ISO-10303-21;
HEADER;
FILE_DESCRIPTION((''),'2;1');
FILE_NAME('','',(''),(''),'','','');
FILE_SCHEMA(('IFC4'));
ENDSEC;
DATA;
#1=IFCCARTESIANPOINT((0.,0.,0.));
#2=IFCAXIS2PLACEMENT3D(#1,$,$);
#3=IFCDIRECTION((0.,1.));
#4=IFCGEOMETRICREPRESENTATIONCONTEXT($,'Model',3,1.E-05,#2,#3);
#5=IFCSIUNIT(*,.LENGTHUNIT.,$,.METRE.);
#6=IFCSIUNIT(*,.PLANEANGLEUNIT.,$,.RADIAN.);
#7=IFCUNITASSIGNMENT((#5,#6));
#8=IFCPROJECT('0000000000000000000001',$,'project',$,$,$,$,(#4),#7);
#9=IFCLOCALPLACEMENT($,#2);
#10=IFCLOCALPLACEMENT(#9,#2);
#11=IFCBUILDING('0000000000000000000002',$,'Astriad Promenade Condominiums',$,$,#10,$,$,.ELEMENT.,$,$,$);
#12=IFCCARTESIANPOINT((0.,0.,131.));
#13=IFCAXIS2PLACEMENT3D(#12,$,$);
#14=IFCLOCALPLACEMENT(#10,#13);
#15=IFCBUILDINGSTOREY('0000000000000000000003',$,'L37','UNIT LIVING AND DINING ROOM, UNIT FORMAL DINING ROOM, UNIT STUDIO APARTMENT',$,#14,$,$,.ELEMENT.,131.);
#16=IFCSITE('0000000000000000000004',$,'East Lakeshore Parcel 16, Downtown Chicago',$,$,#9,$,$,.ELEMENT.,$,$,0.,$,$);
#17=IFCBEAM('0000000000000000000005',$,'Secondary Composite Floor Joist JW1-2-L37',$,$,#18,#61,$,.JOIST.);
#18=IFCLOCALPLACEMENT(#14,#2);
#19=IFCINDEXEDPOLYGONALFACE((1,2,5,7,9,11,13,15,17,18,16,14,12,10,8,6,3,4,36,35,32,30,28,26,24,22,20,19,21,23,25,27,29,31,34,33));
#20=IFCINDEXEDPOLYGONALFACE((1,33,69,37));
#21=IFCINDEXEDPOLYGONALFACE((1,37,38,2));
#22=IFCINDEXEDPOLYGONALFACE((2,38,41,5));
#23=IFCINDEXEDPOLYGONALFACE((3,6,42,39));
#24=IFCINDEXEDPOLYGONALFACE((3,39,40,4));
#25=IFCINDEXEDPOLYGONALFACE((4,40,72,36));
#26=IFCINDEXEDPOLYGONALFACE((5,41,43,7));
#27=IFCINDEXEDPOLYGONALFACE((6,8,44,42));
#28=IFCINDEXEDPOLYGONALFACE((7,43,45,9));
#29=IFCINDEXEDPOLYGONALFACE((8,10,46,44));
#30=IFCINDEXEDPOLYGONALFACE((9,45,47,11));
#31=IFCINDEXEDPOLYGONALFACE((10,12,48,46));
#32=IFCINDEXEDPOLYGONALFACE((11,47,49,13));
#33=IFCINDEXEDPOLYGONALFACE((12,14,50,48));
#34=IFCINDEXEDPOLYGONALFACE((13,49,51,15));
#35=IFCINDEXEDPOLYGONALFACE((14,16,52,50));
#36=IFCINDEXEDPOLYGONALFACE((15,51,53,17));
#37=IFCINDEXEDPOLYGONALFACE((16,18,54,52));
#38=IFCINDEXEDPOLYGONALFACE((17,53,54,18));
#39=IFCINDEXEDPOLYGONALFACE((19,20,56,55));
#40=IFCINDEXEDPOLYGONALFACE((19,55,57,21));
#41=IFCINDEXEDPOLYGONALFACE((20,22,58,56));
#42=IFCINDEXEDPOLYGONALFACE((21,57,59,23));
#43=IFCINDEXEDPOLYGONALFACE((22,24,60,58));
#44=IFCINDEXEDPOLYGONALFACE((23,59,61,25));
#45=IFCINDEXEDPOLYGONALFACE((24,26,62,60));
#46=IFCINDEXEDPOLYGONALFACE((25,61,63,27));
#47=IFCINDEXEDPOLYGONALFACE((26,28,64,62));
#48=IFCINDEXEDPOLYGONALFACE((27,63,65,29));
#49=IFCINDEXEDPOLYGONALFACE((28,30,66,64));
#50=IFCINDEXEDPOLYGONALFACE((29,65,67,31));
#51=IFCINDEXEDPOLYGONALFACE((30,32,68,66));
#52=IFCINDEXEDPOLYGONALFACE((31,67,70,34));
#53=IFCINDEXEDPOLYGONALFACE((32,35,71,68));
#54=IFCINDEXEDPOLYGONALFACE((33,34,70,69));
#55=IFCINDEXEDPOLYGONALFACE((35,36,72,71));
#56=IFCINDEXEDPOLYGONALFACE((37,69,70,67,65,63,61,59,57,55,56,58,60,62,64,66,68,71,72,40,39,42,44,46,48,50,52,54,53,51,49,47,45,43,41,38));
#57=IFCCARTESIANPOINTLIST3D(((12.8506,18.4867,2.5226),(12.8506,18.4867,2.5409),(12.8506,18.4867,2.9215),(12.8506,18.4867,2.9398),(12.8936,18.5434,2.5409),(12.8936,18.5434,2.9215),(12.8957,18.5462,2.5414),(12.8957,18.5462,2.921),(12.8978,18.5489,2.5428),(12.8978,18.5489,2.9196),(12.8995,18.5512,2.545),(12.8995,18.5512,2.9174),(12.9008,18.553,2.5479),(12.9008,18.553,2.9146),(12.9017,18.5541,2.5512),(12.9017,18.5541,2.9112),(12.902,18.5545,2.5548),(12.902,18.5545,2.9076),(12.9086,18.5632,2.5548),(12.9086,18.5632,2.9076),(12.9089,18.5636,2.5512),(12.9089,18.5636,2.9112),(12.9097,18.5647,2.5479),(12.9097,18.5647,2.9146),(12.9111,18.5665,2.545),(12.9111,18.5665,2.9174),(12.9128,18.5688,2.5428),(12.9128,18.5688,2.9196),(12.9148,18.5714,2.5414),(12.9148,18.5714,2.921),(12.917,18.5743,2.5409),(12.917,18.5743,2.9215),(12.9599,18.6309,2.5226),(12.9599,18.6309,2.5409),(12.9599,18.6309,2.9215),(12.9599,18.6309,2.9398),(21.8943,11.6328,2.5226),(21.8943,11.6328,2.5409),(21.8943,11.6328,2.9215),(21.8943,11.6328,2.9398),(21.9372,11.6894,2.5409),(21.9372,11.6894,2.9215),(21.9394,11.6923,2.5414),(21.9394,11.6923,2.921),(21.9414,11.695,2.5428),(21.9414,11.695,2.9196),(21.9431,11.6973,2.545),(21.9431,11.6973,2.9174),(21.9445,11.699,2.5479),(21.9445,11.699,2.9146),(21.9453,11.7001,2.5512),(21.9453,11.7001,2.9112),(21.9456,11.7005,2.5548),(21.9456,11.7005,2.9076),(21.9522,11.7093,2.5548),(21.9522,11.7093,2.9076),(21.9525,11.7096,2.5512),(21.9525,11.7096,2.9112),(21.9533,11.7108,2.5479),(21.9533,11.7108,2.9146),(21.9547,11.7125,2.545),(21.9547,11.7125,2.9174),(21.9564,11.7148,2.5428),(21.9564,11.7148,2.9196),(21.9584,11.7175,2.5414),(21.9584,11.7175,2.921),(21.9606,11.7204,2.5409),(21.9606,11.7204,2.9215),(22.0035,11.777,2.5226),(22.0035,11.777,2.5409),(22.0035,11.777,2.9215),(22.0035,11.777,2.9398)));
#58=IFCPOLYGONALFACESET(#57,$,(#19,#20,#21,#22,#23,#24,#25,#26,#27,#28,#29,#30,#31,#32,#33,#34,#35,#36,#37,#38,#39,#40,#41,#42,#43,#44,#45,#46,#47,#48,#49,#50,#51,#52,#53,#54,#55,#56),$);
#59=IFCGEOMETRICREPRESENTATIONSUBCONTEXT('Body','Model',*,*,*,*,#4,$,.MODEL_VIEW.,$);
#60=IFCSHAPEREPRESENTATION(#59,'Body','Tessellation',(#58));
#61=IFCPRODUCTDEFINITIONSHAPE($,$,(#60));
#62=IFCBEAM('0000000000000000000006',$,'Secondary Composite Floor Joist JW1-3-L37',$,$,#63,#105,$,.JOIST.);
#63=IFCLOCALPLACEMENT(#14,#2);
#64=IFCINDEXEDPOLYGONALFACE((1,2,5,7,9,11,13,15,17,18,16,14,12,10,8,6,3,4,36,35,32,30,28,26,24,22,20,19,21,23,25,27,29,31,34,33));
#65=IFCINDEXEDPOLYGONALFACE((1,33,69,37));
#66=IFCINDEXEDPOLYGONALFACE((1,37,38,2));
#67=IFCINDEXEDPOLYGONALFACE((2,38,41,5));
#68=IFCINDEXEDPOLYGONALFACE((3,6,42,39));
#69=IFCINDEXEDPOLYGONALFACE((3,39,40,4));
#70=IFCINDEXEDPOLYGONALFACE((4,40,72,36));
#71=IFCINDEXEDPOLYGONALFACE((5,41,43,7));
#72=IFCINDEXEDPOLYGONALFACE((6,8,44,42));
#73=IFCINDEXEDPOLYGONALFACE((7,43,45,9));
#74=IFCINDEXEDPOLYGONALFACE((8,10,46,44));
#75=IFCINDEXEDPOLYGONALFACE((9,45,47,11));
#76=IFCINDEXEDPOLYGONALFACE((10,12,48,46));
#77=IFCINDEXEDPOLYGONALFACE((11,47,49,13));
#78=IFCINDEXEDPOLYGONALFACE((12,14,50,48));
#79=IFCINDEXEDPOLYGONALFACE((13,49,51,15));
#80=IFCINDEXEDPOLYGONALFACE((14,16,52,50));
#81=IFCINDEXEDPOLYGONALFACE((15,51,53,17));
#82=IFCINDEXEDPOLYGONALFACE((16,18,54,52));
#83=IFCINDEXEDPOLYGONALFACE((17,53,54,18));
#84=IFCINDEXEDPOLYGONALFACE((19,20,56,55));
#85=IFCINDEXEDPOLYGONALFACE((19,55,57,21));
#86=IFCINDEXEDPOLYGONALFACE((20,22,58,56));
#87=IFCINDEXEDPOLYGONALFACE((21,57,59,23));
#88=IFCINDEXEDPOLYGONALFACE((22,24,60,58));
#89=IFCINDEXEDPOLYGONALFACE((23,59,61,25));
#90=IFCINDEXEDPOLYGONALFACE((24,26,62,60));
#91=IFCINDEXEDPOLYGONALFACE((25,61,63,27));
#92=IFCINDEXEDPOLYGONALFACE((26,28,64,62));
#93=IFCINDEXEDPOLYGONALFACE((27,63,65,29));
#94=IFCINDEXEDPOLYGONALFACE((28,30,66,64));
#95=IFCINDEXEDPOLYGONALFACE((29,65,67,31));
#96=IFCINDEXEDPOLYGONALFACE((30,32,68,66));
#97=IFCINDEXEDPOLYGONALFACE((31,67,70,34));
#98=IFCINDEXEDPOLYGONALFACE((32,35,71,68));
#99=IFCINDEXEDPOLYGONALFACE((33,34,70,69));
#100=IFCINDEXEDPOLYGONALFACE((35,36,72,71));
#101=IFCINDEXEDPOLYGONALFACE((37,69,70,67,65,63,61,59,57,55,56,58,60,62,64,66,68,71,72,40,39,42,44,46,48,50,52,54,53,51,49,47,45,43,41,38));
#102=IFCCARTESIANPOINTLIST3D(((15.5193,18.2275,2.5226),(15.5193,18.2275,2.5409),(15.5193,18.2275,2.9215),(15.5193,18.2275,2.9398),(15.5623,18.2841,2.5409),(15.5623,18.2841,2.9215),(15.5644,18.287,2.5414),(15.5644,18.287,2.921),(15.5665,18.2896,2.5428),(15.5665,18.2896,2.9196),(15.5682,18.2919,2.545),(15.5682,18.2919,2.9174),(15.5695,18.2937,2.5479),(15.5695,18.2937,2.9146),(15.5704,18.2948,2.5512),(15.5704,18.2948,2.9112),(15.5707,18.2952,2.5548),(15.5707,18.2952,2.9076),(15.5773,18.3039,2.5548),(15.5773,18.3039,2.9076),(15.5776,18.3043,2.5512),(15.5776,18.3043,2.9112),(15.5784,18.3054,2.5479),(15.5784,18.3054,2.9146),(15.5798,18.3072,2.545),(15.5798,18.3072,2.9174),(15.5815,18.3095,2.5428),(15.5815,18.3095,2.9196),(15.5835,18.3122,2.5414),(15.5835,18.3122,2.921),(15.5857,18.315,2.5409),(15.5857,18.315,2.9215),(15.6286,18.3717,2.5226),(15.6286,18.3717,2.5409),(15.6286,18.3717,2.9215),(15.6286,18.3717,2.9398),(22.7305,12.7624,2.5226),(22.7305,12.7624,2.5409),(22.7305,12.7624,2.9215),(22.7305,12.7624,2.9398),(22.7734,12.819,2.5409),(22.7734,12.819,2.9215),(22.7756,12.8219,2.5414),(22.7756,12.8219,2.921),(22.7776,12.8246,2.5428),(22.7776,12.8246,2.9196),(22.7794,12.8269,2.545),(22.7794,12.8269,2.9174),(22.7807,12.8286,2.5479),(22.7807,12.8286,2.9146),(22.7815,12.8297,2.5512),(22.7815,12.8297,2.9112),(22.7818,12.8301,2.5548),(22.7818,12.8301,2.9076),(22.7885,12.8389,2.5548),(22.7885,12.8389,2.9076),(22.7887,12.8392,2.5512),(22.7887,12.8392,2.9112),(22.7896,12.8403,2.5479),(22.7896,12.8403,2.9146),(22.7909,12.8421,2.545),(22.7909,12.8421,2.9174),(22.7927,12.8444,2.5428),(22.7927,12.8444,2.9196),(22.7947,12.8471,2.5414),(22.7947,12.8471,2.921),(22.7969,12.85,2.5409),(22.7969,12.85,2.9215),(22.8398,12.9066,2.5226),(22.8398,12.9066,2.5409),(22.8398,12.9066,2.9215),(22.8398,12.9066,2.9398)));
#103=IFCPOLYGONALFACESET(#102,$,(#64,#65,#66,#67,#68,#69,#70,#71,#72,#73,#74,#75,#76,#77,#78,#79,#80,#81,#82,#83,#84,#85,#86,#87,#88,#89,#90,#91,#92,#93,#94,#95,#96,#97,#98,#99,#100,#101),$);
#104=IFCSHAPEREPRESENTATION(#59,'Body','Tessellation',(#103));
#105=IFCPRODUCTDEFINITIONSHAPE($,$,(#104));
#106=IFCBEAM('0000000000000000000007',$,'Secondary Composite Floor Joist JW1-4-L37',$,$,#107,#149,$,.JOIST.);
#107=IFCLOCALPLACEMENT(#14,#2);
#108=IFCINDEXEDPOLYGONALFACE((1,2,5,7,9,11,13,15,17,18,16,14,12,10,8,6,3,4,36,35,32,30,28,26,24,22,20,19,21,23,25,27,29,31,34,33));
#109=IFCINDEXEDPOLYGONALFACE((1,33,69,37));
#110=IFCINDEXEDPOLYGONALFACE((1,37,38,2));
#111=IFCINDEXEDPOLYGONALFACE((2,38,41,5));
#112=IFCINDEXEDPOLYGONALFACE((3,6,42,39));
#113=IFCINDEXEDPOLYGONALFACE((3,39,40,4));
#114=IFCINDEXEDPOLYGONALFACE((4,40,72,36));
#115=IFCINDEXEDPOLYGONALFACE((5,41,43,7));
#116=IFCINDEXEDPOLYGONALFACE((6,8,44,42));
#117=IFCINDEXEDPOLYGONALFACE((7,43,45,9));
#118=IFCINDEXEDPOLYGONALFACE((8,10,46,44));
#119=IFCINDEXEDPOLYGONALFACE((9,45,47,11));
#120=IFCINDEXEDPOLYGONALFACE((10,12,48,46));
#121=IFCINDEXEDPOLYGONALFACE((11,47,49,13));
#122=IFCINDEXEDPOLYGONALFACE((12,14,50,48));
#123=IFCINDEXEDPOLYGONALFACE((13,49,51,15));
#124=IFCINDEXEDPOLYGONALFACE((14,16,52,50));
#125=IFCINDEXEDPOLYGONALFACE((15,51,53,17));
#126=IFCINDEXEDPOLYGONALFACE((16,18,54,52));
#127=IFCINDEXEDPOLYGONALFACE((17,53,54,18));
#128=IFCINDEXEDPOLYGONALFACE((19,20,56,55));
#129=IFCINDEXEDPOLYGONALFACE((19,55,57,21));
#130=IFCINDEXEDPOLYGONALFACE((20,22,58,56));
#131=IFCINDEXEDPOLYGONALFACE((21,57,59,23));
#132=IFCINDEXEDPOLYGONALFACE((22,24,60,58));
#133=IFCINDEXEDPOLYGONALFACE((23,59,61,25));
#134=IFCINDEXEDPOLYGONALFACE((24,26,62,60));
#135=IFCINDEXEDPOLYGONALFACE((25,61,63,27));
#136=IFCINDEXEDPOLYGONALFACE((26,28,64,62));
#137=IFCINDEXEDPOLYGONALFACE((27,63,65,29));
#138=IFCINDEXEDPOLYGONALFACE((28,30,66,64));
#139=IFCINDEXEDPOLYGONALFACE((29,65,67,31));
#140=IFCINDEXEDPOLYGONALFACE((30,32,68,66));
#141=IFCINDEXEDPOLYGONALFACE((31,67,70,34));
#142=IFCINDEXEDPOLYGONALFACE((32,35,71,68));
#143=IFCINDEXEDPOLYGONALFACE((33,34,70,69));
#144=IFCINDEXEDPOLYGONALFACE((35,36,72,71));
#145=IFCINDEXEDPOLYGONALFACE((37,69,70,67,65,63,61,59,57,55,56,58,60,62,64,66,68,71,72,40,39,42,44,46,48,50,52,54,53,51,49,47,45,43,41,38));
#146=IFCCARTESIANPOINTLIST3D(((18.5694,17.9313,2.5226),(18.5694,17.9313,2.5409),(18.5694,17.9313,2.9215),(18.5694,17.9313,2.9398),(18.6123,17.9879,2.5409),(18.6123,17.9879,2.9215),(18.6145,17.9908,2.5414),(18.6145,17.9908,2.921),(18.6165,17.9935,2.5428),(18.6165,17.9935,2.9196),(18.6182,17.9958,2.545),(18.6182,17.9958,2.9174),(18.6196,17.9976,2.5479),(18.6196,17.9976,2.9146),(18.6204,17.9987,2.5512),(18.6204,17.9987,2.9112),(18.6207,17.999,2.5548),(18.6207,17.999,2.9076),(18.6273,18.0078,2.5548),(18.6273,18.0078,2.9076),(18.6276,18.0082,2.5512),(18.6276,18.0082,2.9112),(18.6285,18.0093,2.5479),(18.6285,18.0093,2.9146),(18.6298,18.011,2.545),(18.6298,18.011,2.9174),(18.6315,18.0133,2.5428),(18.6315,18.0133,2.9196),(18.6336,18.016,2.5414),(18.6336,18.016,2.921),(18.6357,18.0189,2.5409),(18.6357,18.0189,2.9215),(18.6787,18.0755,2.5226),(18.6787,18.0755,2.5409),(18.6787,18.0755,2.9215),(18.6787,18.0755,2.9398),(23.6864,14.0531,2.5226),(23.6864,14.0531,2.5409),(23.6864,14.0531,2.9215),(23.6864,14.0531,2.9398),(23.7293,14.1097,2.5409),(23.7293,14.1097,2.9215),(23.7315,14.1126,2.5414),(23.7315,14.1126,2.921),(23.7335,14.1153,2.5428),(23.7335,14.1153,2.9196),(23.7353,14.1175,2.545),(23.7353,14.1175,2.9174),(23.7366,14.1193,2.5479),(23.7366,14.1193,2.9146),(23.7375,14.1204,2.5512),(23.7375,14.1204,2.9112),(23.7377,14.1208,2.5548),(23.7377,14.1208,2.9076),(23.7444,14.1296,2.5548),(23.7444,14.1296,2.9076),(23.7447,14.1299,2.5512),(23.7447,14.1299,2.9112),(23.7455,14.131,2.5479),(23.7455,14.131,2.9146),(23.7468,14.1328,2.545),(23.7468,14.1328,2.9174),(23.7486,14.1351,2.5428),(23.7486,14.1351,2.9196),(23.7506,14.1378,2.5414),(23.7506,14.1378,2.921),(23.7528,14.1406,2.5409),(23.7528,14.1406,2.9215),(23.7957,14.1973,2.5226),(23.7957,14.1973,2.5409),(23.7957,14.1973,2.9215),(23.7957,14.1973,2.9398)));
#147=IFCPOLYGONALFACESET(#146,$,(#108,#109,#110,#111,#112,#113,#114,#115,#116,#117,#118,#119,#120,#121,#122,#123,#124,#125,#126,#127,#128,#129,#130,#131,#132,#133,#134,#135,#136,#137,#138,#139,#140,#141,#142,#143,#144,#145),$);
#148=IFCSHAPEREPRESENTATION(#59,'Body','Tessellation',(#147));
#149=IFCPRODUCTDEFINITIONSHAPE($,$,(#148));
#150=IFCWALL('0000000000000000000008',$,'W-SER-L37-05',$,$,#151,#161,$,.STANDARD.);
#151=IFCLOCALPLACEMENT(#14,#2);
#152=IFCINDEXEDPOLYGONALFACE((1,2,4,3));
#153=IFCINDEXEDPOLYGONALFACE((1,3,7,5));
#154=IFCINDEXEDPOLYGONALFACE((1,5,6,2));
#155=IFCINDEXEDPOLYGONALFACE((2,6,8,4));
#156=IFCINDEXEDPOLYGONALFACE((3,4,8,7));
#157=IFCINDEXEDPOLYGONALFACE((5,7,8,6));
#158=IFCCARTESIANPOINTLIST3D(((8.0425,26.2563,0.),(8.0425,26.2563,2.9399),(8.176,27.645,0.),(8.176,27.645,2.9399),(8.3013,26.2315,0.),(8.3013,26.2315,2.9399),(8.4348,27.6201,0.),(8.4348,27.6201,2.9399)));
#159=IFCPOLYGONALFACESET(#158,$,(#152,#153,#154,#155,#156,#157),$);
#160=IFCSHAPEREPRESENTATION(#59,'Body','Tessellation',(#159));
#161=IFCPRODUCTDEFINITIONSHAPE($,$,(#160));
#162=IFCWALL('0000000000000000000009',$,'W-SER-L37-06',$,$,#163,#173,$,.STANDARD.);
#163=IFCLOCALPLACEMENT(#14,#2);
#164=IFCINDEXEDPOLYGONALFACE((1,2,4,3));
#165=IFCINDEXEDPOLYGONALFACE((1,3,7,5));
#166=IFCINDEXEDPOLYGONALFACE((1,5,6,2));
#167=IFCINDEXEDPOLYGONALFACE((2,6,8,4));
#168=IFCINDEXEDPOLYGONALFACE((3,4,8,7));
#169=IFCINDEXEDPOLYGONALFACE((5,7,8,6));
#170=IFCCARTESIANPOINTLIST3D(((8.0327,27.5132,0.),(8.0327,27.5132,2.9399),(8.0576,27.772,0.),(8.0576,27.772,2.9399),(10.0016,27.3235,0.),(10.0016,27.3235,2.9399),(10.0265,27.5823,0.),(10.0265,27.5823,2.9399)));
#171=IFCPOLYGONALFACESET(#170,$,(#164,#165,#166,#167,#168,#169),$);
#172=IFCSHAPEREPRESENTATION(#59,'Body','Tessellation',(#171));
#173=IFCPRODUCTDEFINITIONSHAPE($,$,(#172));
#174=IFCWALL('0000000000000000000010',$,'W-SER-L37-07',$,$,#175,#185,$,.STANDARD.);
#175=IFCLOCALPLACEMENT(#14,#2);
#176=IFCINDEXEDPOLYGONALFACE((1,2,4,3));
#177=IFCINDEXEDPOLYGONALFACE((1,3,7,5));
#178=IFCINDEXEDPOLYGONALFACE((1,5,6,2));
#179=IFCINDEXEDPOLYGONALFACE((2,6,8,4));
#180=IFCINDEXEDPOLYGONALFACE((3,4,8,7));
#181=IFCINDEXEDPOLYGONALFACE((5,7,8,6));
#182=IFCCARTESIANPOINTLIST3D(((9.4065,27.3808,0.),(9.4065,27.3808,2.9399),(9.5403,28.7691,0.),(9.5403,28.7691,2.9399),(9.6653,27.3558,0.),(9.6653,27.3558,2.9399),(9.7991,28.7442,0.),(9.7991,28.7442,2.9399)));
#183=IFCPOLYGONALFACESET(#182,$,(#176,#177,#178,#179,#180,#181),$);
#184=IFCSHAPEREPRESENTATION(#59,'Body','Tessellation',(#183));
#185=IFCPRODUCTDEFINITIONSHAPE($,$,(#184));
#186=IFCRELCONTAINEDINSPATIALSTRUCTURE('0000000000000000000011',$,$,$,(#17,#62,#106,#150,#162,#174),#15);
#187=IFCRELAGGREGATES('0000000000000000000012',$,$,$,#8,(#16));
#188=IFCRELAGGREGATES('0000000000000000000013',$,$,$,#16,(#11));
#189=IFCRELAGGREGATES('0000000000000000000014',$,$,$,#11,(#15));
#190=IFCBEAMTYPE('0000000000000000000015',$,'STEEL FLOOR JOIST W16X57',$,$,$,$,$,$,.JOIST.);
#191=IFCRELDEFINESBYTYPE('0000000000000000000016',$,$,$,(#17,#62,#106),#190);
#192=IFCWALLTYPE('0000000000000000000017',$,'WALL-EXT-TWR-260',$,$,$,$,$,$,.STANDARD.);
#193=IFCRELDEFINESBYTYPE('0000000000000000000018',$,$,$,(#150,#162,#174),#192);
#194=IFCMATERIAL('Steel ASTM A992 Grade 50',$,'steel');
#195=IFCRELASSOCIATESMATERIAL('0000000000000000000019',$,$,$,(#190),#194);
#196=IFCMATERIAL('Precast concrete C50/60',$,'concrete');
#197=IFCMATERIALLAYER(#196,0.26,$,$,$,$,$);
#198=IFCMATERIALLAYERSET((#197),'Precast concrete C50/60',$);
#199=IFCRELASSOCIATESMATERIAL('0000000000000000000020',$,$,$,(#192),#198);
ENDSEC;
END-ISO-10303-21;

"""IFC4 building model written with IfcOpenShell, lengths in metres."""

from ifc_helpers import new_model, si_unit, direction, frame, frame_2d, origin, origin_2d, place, context, subcontext, project, spatial, rectangle, i_section, extrude, source, transform, mapped, material, layer, layer_set, material_profile, profile_set, type_object, element, save


model = new_model("IFC4")

# Units and contexts
model_context = context("Model", 3, precision=1e-05, world=origin(), true_north=direction((0.0, 1.0)))
body_context = subcontext(model_context, "Body", "Model", "MODEL_VIEW")
ifc_project = project(units=[si_unit("LENGTHUNIT", "METRE"), si_unit("PLANEANGLEUNIT", "RADIAN")], contexts=[model_context])

# Site, building, storey
site_placement = place(None, origin())
site = spatial("IfcSite", under=ifc_project, at=site_placement, Name="East Lakeshore Parcel 16, Downtown Chicago", CompositionType="ELEMENT", RefElevation=0.0)
building_placement = place(site_placement, origin())
building = spatial("IfcBuilding", under=site, at=building_placement, Name="Astriad Promenade Condominiums", CompositionType="ELEMENT")
storey_placement = place(building_placement, frame((0.0, 0.0, 131.0)))
storey = spatial("IfcBuildingStorey", under=building, at=storey_placement, Name="L37", Description="UNIT LIVING AND DINING ROOM, UNIT FORMAL DINING ROOM, UNIT STUDIO APARTMENT", CompositionType="ELEMENT", Elevation=131.0)

# Beams
ifc_material_1 = material(Name="Steel ASTM A992 Grade 50", Category="steel")
ifc_material_profile_1 = material_profile(ifc_material_1, i_section(OverallWidth=0.1809, OverallDepth=0.4172, WebThickness=0.011, FlangeThickness=0.0183, FilletRadius=0.0139, at=origin_2d()), Name="W16X57")
ifc_profile_set_1 = profile_set([ifc_material_profile_1], Name="Steel ASTM A992 Grade 50")
beam_type_1 = type_object("IfcBeamType", Name="STEEL FLOOR JOIST W16X57", PredefinedType="JOIST", material=ifc_profile_set_1)
shared_shape_1 = source(origin(), body_context, "Body", "SweptSolid", [
    extrude(i_section(OverallWidth=0.1809, OverallDepth=0.4172, WebThickness=0.011, FlangeThickness=0.0183, FilletRadius=0.0139, at=origin_2d()), origin(), (0.0, 0.0, 1.0), 11.3474),
])
beam_1_placement = place(storey_placement, frame((12.9053, 18.5588, 2.7312), z_axis=(0.796977, -0.60401, 0.0), x_axis=(0.60401, 0.796977, 0.0)))
element("IfcBeam", 1, at=beam_1_placement, inside=storey, type_object=beam_type_1, Name="Secondary Composite Floor Joist JW1-2-L37", PredefinedType="JOIST", context=body_context, shape_type="MappedRepresentation", body=[
    mapped(shared_shape_1, transform((0.0, 0.0, 0.0), scale=1.0)),
])
shared_shape_2 = source(origin(), body_context, "Body", "SweptSolid", [
    extrude(i_section(OverallWidth=0.1809, OverallDepth=0.4172, WebThickness=0.011, FlangeThickness=0.0183, FilletRadius=0.0139, at=origin_2d()), origin(), (0.0, 0.0, 1.0), 9.0481),
])
beam_2_placement = place(storey_placement, frame((15.574, 18.2996, 2.7312), z_axis=(0.796982, -0.604003, 0.0), x_axis=(0.604003, 0.796982, 0.0)))
element("IfcBeam", 2, at=beam_2_placement, inside=storey, type_object=beam_type_1, Name="Secondary Composite Floor Joist JW1-3-L37", PredefinedType="JOIST", context=body_context, shape_type="MappedRepresentation", body=[
    mapped(shared_shape_2, transform((0.0, 0.0, 0.0), scale=1.0)),
])
shared_shape_3 = source(origin(), body_context, "Body", "SweptSolid", [
    extrude(i_section(OverallWidth=0.1809, OverallDepth=0.4172, WebThickness=0.011, FlangeThickness=0.0183, FilletRadius=0.0139, at=origin_2d()), origin(), (0.0, 0.0, 1.0), 6.4207),
])
beam_3_placement = place(storey_placement, frame((18.624, 18.0034, 2.7312), z_axis=(0.796965, -0.604026, 0.0), x_axis=(0.604026, 0.796965, 0.0)))
element("IfcBeam", 3, at=beam_3_placement, inside=storey, type_object=beam_type_1, Name="Secondary Composite Floor Joist JW1-4-L37", PredefinedType="JOIST", context=body_context, shape_type="MappedRepresentation", body=[
    mapped(shared_shape_3, transform((0.0, 0.0, 0.0), scale=1.0)),
])

# Walls
ifc_material_2 = material(Name="Precast concrete C50/60", Category="concrete")
ifc_layer_1 = layer(ifc_material_2, 0.26)
ifc_layer_set_1 = layer_set([ifc_layer_1], Name="Precast concrete C50/60")
wall_type_1 = type_object("IfcWallType", Name="WALL-EXT-TWR-260", PredefinedType="STANDARD", material=ifc_layer_set_1)
wall_1_placement = place(storey_placement, frame((8.1719, 26.2439, 0.0), z_axis=(0.0, 0.0, 1.0), x_axis=(0.095726, 0.995408, 0.0)))
element("IfcWall", 4, at=wall_1_placement, inside=storey, type_object=wall_type_1, Name="W-SER-L37-05", PredefinedType="STANDARD", context=body_context, shape_type="SweptSolid", body=[
    extrude(rectangle(XDim=1.395, YDim=0.26, at=frame_2d((0.6975, 0.0))), origin(), (0.0, 0.0, 1.0), 2.9399),
])
wall_2_placement = place(storey_placement, frame((8.0452, 27.6426, 0.0), z_axis=(0.0, 0.0, 1.0), x_axis=(0.995391, -0.095898, 0.0)))
element("IfcWall", 5, at=wall_2_placement, inside=storey, type_object=wall_type_1, Name="W-SER-L37-06", PredefinedType="STANDARD", context=body_context, shape_type="SweptSolid", body=[
    extrude(rectangle(XDim=1.978, YDim=0.26, at=frame_2d((0.989, 0.0))), origin(), (0.0, 0.0, 1.0), 2.9399),
])
wall_3_placement = place(storey_placement, frame((9.5359, 27.3684, 0.0), z_axis=(0.0, 0.0, 1.0), x_axis=(0.095916, 0.995389, 0.0)))
element("IfcWall", 6, at=wall_3_placement, inside=storey, type_object=wall_type_1, Name="W-SER-L37-07", PredefinedType="STANDARD", context=body_context, shape_type="SweptSolid", body=[
    extrude(rectangle(XDim=1.3948, YDim=0.26, at=frame_2d((0.6973, 0.0))), origin(), (0.0, 0.0, 1.0), 2.9399),
])

save(model, "model.ifc")
